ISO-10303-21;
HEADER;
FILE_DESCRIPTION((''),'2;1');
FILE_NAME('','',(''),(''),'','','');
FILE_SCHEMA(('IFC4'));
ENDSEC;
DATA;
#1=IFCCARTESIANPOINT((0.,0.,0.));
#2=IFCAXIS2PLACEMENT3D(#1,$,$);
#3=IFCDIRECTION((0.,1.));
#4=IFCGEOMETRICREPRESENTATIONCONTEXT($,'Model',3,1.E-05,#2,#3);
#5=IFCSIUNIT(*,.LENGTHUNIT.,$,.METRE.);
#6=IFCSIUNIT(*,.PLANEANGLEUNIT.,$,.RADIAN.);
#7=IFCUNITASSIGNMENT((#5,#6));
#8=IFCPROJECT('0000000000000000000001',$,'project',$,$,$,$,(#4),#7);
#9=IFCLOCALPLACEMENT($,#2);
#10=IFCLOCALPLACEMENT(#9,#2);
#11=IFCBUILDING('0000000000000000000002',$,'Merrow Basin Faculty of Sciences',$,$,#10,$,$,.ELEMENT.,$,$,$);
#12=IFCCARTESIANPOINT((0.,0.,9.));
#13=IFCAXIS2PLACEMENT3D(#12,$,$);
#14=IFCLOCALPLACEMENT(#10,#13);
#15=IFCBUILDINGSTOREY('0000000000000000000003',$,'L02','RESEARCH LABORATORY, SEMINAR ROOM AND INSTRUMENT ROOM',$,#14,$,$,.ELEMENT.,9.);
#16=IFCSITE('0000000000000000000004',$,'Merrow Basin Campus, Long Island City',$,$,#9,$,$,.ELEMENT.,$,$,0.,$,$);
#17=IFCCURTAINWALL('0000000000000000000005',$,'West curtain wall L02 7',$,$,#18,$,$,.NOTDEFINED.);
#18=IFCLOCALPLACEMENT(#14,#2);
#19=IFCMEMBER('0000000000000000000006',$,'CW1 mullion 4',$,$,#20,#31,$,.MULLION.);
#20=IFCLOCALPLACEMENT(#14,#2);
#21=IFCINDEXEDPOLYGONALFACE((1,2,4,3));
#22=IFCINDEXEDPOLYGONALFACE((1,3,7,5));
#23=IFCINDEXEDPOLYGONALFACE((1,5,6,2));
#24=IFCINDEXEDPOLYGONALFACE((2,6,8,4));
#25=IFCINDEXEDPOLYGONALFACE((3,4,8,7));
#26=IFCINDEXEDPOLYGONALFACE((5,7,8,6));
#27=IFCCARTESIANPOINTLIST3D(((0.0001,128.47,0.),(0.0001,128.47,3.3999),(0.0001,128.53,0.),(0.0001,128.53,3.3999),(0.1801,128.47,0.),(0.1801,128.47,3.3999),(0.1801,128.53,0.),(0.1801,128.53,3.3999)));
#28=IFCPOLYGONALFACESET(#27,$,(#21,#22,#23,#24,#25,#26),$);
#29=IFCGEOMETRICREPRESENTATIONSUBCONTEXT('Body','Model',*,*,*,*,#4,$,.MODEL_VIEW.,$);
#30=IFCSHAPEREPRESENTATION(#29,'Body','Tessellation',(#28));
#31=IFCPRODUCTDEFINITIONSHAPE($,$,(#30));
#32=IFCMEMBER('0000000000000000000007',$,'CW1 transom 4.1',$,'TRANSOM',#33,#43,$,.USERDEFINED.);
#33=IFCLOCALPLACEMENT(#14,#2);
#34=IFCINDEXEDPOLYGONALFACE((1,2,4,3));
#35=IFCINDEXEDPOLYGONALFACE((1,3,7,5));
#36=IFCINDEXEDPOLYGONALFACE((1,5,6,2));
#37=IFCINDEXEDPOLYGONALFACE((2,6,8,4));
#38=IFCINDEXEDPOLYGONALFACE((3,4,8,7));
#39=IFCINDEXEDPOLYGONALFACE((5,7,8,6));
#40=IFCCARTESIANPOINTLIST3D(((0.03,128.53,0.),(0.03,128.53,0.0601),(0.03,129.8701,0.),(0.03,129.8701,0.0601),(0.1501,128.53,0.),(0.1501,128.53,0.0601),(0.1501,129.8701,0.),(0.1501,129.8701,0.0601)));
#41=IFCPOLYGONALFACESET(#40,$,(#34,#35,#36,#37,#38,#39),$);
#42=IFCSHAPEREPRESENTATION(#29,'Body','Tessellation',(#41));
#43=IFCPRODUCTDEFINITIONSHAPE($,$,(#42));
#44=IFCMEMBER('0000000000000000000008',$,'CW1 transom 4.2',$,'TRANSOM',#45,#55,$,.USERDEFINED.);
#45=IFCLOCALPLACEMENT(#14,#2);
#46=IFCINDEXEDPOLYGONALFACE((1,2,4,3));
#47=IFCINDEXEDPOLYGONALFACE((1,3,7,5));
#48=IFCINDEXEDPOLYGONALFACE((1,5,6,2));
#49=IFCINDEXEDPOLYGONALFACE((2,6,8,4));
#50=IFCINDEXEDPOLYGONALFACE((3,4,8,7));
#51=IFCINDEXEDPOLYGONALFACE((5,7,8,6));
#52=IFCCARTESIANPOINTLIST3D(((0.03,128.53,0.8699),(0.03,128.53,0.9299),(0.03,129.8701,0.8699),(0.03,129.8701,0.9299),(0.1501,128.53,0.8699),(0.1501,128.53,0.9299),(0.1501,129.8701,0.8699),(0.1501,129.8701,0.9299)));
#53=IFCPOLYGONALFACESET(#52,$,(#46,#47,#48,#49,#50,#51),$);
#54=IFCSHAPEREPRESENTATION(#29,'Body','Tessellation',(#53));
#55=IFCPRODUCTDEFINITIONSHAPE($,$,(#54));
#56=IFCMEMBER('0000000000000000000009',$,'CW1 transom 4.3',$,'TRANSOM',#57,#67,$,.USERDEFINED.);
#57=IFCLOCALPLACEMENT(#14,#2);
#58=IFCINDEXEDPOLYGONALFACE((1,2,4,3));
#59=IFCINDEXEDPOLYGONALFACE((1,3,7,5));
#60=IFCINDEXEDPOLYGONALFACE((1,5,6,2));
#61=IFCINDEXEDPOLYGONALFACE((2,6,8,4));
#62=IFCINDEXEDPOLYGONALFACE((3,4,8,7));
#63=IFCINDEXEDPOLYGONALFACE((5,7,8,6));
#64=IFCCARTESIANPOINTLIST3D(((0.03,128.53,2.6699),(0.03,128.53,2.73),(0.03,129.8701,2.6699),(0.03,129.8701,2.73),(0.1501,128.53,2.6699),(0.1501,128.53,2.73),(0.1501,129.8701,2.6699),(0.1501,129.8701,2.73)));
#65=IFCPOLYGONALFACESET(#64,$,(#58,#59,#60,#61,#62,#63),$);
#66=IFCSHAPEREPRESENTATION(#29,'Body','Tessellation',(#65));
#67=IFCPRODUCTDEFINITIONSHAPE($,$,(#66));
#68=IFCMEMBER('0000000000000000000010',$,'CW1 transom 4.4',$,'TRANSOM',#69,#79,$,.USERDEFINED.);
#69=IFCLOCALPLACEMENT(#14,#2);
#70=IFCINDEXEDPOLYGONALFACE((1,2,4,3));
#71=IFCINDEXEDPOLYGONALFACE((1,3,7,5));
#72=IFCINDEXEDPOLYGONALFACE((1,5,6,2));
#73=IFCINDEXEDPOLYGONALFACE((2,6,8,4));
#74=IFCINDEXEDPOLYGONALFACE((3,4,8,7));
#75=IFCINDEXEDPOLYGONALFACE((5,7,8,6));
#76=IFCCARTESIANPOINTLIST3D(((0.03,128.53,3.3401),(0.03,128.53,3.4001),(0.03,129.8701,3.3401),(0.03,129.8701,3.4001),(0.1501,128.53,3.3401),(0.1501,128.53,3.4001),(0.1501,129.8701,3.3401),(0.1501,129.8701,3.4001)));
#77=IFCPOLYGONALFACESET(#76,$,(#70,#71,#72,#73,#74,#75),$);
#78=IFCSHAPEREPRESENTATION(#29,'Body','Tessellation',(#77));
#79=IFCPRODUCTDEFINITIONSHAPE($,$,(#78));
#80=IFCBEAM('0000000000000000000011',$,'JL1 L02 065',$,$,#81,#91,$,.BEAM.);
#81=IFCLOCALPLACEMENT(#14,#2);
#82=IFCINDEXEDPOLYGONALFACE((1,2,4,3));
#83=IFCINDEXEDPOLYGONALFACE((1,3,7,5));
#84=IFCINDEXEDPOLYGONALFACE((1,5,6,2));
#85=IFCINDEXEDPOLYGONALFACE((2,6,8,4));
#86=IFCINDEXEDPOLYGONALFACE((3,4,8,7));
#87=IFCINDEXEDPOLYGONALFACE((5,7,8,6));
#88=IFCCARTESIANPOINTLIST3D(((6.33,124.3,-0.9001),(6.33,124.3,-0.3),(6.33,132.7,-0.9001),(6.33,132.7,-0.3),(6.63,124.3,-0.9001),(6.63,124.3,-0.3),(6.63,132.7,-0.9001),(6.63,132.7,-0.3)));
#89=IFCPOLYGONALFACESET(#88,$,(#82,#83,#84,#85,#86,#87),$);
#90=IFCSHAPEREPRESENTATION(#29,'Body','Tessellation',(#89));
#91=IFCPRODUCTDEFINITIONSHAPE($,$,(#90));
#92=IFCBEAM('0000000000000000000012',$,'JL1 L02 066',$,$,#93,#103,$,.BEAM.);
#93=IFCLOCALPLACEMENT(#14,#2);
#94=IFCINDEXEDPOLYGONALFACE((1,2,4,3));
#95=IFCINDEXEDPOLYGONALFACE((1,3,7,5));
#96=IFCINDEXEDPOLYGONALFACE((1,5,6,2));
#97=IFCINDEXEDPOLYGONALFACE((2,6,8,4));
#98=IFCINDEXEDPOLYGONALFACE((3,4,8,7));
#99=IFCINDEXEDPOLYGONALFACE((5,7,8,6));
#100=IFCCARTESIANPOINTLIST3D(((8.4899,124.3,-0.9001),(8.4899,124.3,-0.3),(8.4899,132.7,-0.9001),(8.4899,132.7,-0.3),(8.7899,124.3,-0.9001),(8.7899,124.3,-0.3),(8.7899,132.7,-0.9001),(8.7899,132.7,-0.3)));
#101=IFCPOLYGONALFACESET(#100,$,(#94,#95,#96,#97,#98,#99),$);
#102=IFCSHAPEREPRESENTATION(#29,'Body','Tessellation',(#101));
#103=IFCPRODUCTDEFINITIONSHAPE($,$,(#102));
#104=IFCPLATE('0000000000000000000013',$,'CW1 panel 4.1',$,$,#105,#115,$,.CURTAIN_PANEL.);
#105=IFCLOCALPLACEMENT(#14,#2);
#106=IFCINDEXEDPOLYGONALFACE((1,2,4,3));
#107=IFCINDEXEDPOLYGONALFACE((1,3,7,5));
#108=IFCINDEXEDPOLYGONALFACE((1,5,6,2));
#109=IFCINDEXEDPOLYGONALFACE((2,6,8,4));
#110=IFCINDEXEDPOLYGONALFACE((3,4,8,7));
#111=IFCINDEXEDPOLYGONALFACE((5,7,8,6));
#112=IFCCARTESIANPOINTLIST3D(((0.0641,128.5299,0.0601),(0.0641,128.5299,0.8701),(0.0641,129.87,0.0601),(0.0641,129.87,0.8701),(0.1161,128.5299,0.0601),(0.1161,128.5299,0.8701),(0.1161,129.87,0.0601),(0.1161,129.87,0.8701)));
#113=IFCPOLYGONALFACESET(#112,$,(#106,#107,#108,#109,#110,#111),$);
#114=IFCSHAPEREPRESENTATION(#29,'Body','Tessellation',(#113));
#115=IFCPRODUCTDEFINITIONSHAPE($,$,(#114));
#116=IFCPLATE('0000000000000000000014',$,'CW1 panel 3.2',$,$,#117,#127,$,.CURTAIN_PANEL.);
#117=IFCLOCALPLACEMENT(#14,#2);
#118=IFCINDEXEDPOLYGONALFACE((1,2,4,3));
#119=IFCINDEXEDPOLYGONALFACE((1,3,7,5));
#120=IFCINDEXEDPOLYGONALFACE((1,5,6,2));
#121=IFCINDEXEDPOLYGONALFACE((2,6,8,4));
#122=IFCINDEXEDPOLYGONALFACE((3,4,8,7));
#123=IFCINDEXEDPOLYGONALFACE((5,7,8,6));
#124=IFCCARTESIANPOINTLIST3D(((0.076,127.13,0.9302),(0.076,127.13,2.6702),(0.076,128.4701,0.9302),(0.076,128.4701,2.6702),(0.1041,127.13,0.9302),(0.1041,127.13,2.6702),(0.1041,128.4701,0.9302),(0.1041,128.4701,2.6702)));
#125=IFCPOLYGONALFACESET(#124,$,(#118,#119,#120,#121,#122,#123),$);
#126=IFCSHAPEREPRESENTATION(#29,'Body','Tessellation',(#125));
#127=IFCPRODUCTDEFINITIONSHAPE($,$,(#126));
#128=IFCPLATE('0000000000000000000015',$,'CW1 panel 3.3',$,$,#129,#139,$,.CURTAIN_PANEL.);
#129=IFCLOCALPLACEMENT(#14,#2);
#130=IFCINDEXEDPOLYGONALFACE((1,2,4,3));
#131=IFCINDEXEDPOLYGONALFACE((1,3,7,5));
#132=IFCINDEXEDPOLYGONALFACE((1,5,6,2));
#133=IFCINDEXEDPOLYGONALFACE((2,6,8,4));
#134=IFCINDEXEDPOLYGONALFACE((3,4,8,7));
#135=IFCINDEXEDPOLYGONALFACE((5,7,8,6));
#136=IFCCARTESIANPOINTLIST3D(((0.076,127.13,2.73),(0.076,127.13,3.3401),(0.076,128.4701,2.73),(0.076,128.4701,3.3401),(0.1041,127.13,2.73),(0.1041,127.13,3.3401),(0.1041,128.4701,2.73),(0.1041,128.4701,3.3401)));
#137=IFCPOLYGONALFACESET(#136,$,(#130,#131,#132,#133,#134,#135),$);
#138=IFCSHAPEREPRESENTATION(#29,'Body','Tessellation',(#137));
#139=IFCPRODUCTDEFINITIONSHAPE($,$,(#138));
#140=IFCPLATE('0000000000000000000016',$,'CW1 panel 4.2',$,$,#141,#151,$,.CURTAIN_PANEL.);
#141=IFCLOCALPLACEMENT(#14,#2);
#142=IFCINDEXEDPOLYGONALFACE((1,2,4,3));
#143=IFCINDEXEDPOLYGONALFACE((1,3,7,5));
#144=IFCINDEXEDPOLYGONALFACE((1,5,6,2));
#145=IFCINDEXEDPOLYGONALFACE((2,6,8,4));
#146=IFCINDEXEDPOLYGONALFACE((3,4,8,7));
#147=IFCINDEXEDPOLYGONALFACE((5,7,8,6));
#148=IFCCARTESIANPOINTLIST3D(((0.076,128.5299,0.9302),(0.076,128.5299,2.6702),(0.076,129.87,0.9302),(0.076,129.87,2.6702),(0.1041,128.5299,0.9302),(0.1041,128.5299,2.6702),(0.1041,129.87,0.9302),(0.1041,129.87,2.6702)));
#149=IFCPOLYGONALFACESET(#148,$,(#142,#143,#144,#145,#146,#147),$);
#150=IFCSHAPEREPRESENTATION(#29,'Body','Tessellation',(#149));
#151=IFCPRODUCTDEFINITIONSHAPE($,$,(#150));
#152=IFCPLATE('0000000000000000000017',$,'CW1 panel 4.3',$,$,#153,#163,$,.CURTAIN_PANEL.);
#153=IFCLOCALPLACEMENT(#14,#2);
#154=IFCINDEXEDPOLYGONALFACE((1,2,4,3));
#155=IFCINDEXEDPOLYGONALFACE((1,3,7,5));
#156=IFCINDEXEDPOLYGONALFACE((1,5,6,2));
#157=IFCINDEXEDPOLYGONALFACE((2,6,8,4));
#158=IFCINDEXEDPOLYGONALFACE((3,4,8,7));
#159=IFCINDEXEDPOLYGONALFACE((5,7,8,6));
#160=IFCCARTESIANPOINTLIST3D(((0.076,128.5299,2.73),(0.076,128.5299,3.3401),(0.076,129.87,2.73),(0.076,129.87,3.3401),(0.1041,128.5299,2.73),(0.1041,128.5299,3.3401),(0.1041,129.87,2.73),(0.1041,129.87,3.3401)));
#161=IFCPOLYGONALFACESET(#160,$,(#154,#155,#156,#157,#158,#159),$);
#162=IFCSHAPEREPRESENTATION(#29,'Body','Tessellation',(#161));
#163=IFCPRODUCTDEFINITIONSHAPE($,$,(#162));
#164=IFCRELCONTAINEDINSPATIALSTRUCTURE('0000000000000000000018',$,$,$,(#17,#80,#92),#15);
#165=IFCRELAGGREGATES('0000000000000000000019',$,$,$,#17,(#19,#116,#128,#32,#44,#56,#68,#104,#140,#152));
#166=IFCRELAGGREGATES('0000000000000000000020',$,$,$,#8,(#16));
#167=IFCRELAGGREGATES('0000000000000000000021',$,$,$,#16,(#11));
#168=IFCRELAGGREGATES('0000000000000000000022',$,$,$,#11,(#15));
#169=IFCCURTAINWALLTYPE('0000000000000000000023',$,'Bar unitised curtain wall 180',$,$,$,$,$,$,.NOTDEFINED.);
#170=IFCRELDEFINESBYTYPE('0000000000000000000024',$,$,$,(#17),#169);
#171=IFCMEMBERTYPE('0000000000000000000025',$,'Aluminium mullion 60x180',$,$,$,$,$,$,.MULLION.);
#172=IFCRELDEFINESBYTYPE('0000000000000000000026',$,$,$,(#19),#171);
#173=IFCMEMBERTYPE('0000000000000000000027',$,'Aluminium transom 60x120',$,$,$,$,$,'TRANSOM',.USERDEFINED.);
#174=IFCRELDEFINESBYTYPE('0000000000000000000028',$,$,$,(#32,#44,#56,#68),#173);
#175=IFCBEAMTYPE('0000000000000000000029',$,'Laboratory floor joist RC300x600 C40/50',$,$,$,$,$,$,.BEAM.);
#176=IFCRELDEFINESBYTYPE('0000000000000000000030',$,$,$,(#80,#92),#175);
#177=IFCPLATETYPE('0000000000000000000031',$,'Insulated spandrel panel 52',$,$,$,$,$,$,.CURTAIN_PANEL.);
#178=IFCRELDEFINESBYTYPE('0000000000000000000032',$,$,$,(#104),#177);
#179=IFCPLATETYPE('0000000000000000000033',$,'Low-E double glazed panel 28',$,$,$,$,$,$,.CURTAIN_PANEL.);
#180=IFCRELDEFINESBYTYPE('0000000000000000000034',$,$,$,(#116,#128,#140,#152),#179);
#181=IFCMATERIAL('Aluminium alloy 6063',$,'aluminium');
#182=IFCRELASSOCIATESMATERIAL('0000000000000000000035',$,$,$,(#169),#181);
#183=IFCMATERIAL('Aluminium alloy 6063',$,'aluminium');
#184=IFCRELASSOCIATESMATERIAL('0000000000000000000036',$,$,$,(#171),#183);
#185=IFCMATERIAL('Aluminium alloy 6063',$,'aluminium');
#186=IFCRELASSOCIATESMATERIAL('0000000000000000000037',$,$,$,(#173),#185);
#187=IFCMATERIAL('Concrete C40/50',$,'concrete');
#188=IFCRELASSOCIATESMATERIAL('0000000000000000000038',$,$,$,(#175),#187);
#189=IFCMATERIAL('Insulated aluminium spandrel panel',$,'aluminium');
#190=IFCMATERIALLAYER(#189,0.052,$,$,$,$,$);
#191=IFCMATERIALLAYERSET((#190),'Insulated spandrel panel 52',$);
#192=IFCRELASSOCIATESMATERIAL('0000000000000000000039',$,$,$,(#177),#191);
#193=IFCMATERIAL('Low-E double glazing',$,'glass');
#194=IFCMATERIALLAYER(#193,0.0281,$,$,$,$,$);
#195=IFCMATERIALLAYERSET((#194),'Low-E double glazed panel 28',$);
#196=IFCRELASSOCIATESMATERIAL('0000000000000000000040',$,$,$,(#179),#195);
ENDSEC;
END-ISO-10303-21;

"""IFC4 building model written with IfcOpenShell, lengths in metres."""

from ifc_helpers import new_model, si_unit, direction, frame, origin, origin_2d, place, context, subcontext, project, spatial, rectangle, extrude, material, layer, layer_set, material_profile, profile_set, type_object, element, aggregate, save


model = new_model("IFC4")

# Units and contexts
model_context = context("Model", 3, precision=1e-05, world=origin(), true_north=direction((0.0, 1.0)))
body_context = subcontext(model_context, "Body", "Model", "MODEL_VIEW")
ifc_project = project(units=[si_unit("LENGTHUNIT", "METRE"), si_unit("PLANEANGLEUNIT", "RADIAN")], contexts=[model_context])

# Site, building, storey
site_placement = place(None, origin())
site = spatial("IfcSite", under=ifc_project, at=site_placement, Name="Merrow Basin Campus, Long Island City", CompositionType="ELEMENT", RefElevation=0.0)
building_placement = place(site_placement, origin())
building = spatial("IfcBuilding", under=site, at=building_placement, Name="Merrow Basin Faculty of Sciences", CompositionType="ELEMENT")
storey_placement = place(building_placement, frame((0.0, 0.0, 9.0)))
storey = spatial("IfcBuildingStorey", under=building, at=storey_placement, Name="L02", Description="RESEARCH LABORATORY, SEMINAR ROOM AND INSTRUMENT ROOM", CompositionType="ELEMENT", Elevation=9.0)

# Curtain wall, members
ifc_material_1 = material(Name="Aluminium alloy 6063", Category="aluminium")
curtain_wall_type = type_object("IfcCurtainWallType", Name="Bar unitised curtain wall 180", PredefinedType="NOTDEFINED", material=ifc_material_1)
curtain_wall_placement = place(storey_placement, origin())
curtain_wall = element("IfcCurtainWall", 1, at=curtain_wall_placement, inside=storey, type_object=curtain_wall_type, Name="West curtain wall L02 7", PredefinedType="NOTDEFINED")
ifc_material_2 = material(Name="Aluminium alloy 6063", Category="aluminium")
ifc_material_profile_1 = material_profile(ifc_material_2, rectangle(XDim=0.1799, YDim=0.0601, at=origin_2d()))
ifc_profile_set_1 = profile_set([ifc_material_profile_1], Name="Aluminium alloy 6063")
member_type_1 = type_object("IfcMemberType", Name="Aluminium mullion 60x180", PredefinedType="MULLION", material=ifc_profile_set_1)
member_1_placement = place(storey_placement, frame((0.0901, 128.5, 0.0), z_axis=(0.0, 0.0, 1.0), x_axis=(-1.0, 0.0, 0.0)))
member_1 = element("IfcMember", 2, at=member_1_placement, type_object=member_type_1, Name="CW1 mullion 4", PredefinedType="MULLION", context=body_context, shape_type="SweptSolid", body=[
    extrude(rectangle(XDim=0.1799, YDim=0.0601, at=origin_2d()), origin(), (0.0, 0.0, 1.0), 3.3999),
])
ifc_material_3 = material(Name="Aluminium alloy 6063", Category="aluminium")
ifc_material_profile_2 = material_profile(ifc_material_3, rectangle(XDim=0.1201, YDim=0.0601, at=origin_2d()))
ifc_profile_set_2 = profile_set([ifc_material_profile_2], Name="Aluminium alloy 6063")
member_type_2 = type_object("IfcMemberType", Name="Aluminium transom 60x120", ElementType="TRANSOM", PredefinedType="USERDEFINED", material=ifc_profile_set_2)
member_2_placement = place(storey_placement, frame((0.0901, 128.53, 0.03), z_axis=(0.0, 1.0, 0.0), x_axis=(-1.0, 0.0, 0.0)))
member_2 = element("IfcMember", 3, at=member_2_placement, type_object=member_type_2, Name="CW1 transom 4.1", ObjectType="TRANSOM", PredefinedType="USERDEFINED", context=body_context, shape_type="SweptSolid", body=[
    extrude(rectangle(XDim=0.1201, YDim=0.0601, at=origin_2d()), origin(), (0.0, 0.0, 1.0), 1.3401),
])
member_3_placement = place(storey_placement, frame((0.0901, 128.53, 0.8999), z_axis=(0.0, 1.0, 0.0), x_axis=(-1.0, 0.0, 0.0)))
member_3 = element("IfcMember", 4, at=member_3_placement, type_object=member_type_2, Name="CW1 transom 4.2", ObjectType="TRANSOM", PredefinedType="USERDEFINED", context=body_context, shape_type="SweptSolid", body=[
    extrude(rectangle(XDim=0.1201, YDim=0.0601, at=origin_2d()), origin(), (0.0, 0.0, 1.0), 1.3401),
])
member_4_placement = place(storey_placement, frame((0.0901, 128.53, 2.7), z_axis=(0.0, 1.0, 0.0), x_axis=(-1.0, 0.0, 0.0)))
member_4 = element("IfcMember", 5, at=member_4_placement, type_object=member_type_2, Name="CW1 transom 4.3", ObjectType="TRANSOM", PredefinedType="USERDEFINED", context=body_context, shape_type="SweptSolid", body=[
    extrude(rectangle(XDim=0.1201, YDim=0.0601, at=origin_2d()), origin(), (0.0, 0.0, 1.0), 1.3401),
])
member_5_placement = place(storey_placement, frame((0.0901, 128.53, 3.3701), z_axis=(0.0, 1.0, 0.0), x_axis=(-1.0, 0.0, 0.0)))
member_5 = element("IfcMember", 6, at=member_5_placement, type_object=member_type_2, Name="CW1 transom 4.4", ObjectType="TRANSOM", PredefinedType="USERDEFINED", context=body_context, shape_type="SweptSolid", body=[
    extrude(rectangle(XDim=0.1201, YDim=0.0601, at=origin_2d()), origin(), (0.0, 0.0, 1.0), 1.3401),
])

# Beams
ifc_material_4 = material(Name="Concrete C40/50", Category="concrete")
ifc_material_profile_3 = material_profile(ifc_material_4, rectangle(XDim=0.3, YDim=0.6001, at=origin_2d()))
ifc_profile_set_3 = profile_set([ifc_material_profile_3], Name="Concrete C40/50")
beam_type = type_object("IfcBeamType", Name="Laboratory floor joist RC300x600 C40/50", PredefinedType="BEAM", material=ifc_profile_set_3)
for number, where, z_axis, x_axis, name in (
    (7, (6.48, 124.3, -0.6001), (0.0, 1.0, 0.0), (-1.0, 0.0, 0.0), "JL1 L02 065"),
    (8, (8.6399, 124.3, -0.6001), (0.0, 1.0, 0.0), (-1.0, 0.0, 0.0), "JL1 L02 066"),
):
    element("IfcBeam", number, at=place(storey_placement, frame(where, z_axis=z_axis, x_axis=x_axis)), inside=storey, type_object=beam_type, Name=name, PredefinedType="BEAM", context=body_context, shape_type="SweptSolid", body=[
        extrude(rectangle(XDim=0.3, YDim=0.6001, at=origin_2d()), origin(), (0.0, 0.0, 1.0), 8.3999),
    ])

# Plates
ifc_material_5 = material(Name="Insulated aluminium spandrel panel", Category="aluminium")
ifc_layer_1 = layer(ifc_material_5, 0.052)
ifc_layer_set_1 = layer_set([ifc_layer_1], Name="Insulated spandrel panel 52")
plate_type_1 = type_object("IfcPlateType", Name="Insulated spandrel panel 52", PredefinedType="CURTAIN_PANEL", material=ifc_layer_set_1)
plate_1_placement = place(storey_placement, frame((0.0901, 129.2, 0.0601), z_axis=(0.0, 0.0, 1.0), x_axis=(0.0, 1.0, 0.0)))
plate_1 = element("IfcPlate", 9, at=plate_1_placement, type_object=plate_type_1, Name="CW1 panel 4.1", PredefinedType="CURTAIN_PANEL", context=body_context, shape_type="SweptSolid", body=[
    extrude(rectangle(XDim=1.3401, YDim=0.052, at=origin_2d()), origin(), (0.0, 0.0, 1.0), 0.8101),
])
ifc_material_6 = material(Name="Low-E double glazing", Category="glass")
ifc_layer_2 = layer(ifc_material_6, 0.0281)
ifc_layer_set_2 = layer_set([ifc_layer_2], Name="Low-E double glazed panel 28")
plate_type_2 = type_object("IfcPlateType", Name="Low-E double glazed panel 28", PredefinedType="CURTAIN_PANEL", material=ifc_layer_set_2)
plate_2_placement = place(storey_placement, frame((0.0901, 127.8, 0.9302), z_axis=(0.0, 0.0, 1.0), x_axis=(0.0, 1.0, 0.0)))
plate_2 = element("IfcPlate", 10, at=plate_2_placement, type_object=plate_type_2, Name="CW1 panel 3.2", PredefinedType="CURTAIN_PANEL", context=body_context, shape_type="SweptSolid", body=[
    extrude(rectangle(XDim=1.3401, YDim=0.0281, at=origin_2d()), origin(), (0.0, 0.0, 1.0), 1.74),
])
plate_3_placement = place(storey_placement, frame((0.0901, 127.8, 2.73), z_axis=(0.0, 0.0, 1.0), x_axis=(0.0, 1.0, 0.0)))
plate_3 = element("IfcPlate", 11, at=plate_3_placement, type_object=plate_type_2, Name="CW1 panel 3.3", PredefinedType="CURTAIN_PANEL", context=body_context, shape_type="SweptSolid", body=[
    extrude(rectangle(XDim=1.3401, YDim=0.0281, at=origin_2d()), origin(), (0.0, 0.0, 1.0), 0.6101),
])
plate_4_placement = place(storey_placement, frame((0.0901, 129.2, 0.9302), z_axis=(0.0, 0.0, 1.0), x_axis=(0.0, 1.0, 0.0)))
plate_4 = element("IfcPlate", 12, at=plate_4_placement, type_object=plate_type_2, Name="CW1 panel 4.2", PredefinedType="CURTAIN_PANEL", context=body_context, shape_type="SweptSolid", body=[
    extrude(rectangle(XDim=1.3401, YDim=0.0281, at=origin_2d()), origin(), (0.0, 0.0, 1.0), 1.74),
])
plate_5_placement = place(storey_placement, frame((0.0901, 129.2, 2.73), z_axis=(0.0, 0.0, 1.0), x_axis=(0.0, 1.0, 0.0)))
plate_5 = element("IfcPlate", 13, at=plate_5_placement, type_object=plate_type_2, Name="CW1 panel 4.3", PredefinedType="CURTAIN_PANEL", context=body_context, shape_type="SweptSolid", body=[
    extrude(rectangle(XDim=1.3401, YDim=0.0281, at=origin_2d()), origin(), (0.0, 0.0, 1.0), 0.6101),
])
aggregate(curtain_wall, [member_1, plate_2, plate_3, member_2, member_3, member_4, member_5, plate_1, plate_4, plate_5])

save(model, "model.ifc")
